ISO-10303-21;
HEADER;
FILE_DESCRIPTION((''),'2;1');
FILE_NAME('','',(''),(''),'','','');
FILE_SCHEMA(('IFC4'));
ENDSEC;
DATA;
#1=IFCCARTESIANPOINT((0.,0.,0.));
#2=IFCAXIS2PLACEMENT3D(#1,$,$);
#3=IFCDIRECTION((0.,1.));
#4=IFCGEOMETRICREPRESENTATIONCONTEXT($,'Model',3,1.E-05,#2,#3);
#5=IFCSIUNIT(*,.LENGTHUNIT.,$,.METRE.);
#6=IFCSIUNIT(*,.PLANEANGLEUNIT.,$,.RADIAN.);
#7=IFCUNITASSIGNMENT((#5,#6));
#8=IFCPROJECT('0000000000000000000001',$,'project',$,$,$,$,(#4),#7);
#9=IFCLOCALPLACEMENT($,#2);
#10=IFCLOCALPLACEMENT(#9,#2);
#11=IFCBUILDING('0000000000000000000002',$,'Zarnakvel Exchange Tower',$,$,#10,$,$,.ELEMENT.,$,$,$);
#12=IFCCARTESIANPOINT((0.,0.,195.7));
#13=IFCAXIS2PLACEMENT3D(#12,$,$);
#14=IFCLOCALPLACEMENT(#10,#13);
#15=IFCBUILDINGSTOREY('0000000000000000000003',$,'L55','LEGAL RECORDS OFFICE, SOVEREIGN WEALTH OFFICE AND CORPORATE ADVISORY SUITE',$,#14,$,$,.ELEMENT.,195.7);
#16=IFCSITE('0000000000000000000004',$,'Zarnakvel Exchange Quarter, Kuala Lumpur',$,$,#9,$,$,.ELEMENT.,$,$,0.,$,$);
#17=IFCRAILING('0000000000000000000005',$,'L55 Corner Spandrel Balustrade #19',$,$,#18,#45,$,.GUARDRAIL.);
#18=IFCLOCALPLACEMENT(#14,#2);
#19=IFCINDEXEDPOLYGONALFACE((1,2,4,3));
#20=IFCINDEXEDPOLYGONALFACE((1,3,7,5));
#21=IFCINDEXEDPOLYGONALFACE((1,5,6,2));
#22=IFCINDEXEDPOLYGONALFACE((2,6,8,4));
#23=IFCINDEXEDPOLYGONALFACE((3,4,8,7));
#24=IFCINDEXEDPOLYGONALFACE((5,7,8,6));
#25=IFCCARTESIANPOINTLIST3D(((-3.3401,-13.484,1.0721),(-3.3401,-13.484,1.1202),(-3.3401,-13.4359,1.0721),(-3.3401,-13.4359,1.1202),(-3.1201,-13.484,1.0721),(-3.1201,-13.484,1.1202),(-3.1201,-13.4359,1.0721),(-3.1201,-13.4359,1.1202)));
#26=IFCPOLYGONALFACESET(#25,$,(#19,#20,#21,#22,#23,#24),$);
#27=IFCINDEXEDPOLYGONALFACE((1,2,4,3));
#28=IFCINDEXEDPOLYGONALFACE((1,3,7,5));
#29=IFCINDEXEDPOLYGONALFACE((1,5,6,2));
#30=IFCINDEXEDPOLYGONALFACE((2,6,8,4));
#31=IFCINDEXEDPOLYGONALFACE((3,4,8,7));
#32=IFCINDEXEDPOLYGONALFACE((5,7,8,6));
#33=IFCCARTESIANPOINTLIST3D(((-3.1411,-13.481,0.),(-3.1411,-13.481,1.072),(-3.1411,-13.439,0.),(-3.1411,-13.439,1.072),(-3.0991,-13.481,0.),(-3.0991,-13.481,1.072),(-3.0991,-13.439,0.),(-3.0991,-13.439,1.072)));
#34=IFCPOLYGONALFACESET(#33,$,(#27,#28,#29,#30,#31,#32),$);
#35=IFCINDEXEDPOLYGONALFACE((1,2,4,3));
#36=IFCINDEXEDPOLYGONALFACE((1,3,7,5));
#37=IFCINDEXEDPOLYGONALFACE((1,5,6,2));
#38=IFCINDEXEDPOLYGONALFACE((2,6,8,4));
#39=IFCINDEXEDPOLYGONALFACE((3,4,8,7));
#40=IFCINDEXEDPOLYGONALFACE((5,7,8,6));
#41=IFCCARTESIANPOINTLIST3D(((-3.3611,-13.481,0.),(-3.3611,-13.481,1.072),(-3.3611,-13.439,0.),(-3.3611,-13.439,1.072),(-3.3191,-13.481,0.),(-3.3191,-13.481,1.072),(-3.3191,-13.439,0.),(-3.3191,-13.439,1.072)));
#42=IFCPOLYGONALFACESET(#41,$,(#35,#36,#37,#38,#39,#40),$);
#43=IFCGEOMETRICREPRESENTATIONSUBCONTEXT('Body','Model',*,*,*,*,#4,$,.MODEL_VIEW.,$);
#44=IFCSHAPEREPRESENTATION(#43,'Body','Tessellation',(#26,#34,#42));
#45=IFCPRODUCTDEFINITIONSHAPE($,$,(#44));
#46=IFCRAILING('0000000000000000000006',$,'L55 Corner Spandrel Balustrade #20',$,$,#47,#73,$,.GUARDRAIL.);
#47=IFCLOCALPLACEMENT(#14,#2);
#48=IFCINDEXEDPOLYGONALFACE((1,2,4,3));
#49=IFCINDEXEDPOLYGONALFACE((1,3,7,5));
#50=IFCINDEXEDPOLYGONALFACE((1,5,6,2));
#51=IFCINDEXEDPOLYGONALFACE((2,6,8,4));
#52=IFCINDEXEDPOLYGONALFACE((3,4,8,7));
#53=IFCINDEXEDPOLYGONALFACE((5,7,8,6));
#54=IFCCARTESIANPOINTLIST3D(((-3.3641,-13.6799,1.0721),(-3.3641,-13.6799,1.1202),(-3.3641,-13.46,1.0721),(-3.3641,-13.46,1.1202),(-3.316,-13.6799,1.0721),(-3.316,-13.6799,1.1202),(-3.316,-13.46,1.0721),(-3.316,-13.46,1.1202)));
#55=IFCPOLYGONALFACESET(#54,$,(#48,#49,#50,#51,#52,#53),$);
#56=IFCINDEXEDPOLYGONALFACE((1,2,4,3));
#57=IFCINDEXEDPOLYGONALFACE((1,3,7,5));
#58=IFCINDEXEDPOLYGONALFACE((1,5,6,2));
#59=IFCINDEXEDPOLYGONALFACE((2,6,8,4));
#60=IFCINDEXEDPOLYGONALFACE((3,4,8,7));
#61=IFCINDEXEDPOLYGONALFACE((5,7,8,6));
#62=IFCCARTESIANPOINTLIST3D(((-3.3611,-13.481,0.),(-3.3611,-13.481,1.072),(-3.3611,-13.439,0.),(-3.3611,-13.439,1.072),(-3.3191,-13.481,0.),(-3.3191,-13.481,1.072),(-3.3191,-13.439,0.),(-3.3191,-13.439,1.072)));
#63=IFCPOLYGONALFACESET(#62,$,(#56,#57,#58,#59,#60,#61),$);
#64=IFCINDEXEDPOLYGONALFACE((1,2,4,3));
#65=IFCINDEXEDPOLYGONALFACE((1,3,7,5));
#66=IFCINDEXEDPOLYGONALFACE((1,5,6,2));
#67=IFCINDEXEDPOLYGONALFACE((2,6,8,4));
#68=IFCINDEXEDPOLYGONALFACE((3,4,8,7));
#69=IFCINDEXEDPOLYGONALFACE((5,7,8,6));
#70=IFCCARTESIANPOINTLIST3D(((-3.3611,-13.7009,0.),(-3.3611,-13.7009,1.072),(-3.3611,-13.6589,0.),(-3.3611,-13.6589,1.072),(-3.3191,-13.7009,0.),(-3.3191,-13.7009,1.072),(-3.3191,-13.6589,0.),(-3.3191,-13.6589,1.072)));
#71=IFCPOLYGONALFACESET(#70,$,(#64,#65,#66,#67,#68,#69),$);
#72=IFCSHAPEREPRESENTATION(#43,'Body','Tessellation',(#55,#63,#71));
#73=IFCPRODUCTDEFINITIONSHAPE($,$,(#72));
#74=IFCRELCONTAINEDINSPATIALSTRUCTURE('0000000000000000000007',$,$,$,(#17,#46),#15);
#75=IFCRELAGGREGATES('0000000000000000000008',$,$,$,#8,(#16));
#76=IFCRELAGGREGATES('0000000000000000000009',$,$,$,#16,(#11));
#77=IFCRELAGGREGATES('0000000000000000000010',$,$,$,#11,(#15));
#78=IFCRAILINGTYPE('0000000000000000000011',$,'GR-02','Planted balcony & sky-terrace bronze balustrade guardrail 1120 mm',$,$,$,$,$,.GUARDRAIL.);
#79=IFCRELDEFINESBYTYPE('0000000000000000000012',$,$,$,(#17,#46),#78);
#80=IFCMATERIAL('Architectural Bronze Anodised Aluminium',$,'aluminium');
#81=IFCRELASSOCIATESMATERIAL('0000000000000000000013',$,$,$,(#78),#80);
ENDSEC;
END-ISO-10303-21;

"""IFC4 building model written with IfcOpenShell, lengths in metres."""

from ifc_helpers import new_model, si_unit, direction, frame, origin, origin_2d, place, context, subcontext, project, spatial, rectangle, extrude, material, type_object, element, save


model = new_model("IFC4")

# Units and contexts
model_context = context("Model", 3, precision=1e-05, world=origin(), true_north=direction((0.0, 1.0)))
body_context = subcontext(model_context, "Body", "Model", "MODEL_VIEW")
ifc_project = project(units=[si_unit("LENGTHUNIT", "METRE"), si_unit("PLANEANGLEUNIT", "RADIAN")], contexts=[model_context])

# Site, building, storey
site_placement = place(None, origin())
site = spatial("IfcSite", under=ifc_project, at=site_placement, Name="Zarnakvel Exchange Quarter, Kuala Lumpur", CompositionType="ELEMENT", RefElevation=0.0)
building_placement = place(site_placement, origin())
building = spatial("IfcBuilding", under=site, at=building_placement, Name="Zarnakvel Exchange Tower", CompositionType="ELEMENT")
storey_placement = place(building_placement, frame((0.0, 0.0, 195.7)))
storey = spatial("IfcBuildingStorey", under=building, at=storey_placement, Name="L55", Description="LEGAL RECORDS OFFICE, SOVEREIGN WEALTH OFFICE AND CORPORATE ADVISORY SUITE", CompositionType="ELEMENT", Elevation=195.7)

# Railings
ifc_material_1 = material(Name="Architectural Bronze Anodised Aluminium", Category="aluminium")
railing_type_1 = type_object("IfcRailingType", Name="GR-02", Description="Planted balcony & sky-terrace bronze balustrade guardrail 1120 mm", PredefinedType="GUARDRAIL", material=ifc_material_1)
railing_1_placement = place(storey_placement, frame((-3.1201, -13.46, 0.0)))
element("IfcRailing", 1, at=railing_1_placement, inside=storey, type_object=railing_type_1, Name="L55 Corner Spandrel Balustrade #19", PredefinedType="GUARDRAIL", context=body_context, shape_type="SweptSolid", body=[
    extrude(rectangle(XDim=0.0481, YDim=0.0481, at=origin_2d()), frame((0.0, 0.0, 1.0962), z_axis=(-1.0, 0.0, 0.0), x_axis=(0.0, -1.0, 0.0)), (0.0, 0.0, 1.0), 0.22),
    extrude(rectangle(XDim=0.042, YDim=0.042, at=origin_2d()), origin(), (0.0, 0.0, 1.0), 1.072),
    extrude(rectangle(XDim=0.042, YDim=0.042, at=origin_2d()), frame((-0.22, 0.0, 0.0)), (0.0, 0.0, 1.0), 1.072),
])
railing_2_placement = place(storey_placement, frame((-3.3401, -13.46, 0.0)))
element("IfcRailing", 2, at=railing_2_placement, inside=storey, type_object=railing_type_1, Name="L55 Corner Spandrel Balustrade #20", PredefinedType="GUARDRAIL", context=body_context, shape_type="SweptSolid", body=[
    extrude(rectangle(XDim=0.0481, YDim=0.0481, at=origin_2d()), frame((0.0, 0.0, 1.0962), z_axis=(0.0, -1.0, 0.0), x_axis=(1.0, 0.0, 0.0)), (0.0, 0.0, 1.0), 0.22),
    extrude(rectangle(XDim=0.042, YDim=0.042, at=origin_2d()), origin(), (0.0, 0.0, 1.0), 1.072),
    extrude(rectangle(XDim=0.042, YDim=0.042, at=origin_2d()), frame((0.0, -0.22, 0.0)), (0.0, 0.0, 1.0), 1.072),
])

save(model, "model.ifc")
